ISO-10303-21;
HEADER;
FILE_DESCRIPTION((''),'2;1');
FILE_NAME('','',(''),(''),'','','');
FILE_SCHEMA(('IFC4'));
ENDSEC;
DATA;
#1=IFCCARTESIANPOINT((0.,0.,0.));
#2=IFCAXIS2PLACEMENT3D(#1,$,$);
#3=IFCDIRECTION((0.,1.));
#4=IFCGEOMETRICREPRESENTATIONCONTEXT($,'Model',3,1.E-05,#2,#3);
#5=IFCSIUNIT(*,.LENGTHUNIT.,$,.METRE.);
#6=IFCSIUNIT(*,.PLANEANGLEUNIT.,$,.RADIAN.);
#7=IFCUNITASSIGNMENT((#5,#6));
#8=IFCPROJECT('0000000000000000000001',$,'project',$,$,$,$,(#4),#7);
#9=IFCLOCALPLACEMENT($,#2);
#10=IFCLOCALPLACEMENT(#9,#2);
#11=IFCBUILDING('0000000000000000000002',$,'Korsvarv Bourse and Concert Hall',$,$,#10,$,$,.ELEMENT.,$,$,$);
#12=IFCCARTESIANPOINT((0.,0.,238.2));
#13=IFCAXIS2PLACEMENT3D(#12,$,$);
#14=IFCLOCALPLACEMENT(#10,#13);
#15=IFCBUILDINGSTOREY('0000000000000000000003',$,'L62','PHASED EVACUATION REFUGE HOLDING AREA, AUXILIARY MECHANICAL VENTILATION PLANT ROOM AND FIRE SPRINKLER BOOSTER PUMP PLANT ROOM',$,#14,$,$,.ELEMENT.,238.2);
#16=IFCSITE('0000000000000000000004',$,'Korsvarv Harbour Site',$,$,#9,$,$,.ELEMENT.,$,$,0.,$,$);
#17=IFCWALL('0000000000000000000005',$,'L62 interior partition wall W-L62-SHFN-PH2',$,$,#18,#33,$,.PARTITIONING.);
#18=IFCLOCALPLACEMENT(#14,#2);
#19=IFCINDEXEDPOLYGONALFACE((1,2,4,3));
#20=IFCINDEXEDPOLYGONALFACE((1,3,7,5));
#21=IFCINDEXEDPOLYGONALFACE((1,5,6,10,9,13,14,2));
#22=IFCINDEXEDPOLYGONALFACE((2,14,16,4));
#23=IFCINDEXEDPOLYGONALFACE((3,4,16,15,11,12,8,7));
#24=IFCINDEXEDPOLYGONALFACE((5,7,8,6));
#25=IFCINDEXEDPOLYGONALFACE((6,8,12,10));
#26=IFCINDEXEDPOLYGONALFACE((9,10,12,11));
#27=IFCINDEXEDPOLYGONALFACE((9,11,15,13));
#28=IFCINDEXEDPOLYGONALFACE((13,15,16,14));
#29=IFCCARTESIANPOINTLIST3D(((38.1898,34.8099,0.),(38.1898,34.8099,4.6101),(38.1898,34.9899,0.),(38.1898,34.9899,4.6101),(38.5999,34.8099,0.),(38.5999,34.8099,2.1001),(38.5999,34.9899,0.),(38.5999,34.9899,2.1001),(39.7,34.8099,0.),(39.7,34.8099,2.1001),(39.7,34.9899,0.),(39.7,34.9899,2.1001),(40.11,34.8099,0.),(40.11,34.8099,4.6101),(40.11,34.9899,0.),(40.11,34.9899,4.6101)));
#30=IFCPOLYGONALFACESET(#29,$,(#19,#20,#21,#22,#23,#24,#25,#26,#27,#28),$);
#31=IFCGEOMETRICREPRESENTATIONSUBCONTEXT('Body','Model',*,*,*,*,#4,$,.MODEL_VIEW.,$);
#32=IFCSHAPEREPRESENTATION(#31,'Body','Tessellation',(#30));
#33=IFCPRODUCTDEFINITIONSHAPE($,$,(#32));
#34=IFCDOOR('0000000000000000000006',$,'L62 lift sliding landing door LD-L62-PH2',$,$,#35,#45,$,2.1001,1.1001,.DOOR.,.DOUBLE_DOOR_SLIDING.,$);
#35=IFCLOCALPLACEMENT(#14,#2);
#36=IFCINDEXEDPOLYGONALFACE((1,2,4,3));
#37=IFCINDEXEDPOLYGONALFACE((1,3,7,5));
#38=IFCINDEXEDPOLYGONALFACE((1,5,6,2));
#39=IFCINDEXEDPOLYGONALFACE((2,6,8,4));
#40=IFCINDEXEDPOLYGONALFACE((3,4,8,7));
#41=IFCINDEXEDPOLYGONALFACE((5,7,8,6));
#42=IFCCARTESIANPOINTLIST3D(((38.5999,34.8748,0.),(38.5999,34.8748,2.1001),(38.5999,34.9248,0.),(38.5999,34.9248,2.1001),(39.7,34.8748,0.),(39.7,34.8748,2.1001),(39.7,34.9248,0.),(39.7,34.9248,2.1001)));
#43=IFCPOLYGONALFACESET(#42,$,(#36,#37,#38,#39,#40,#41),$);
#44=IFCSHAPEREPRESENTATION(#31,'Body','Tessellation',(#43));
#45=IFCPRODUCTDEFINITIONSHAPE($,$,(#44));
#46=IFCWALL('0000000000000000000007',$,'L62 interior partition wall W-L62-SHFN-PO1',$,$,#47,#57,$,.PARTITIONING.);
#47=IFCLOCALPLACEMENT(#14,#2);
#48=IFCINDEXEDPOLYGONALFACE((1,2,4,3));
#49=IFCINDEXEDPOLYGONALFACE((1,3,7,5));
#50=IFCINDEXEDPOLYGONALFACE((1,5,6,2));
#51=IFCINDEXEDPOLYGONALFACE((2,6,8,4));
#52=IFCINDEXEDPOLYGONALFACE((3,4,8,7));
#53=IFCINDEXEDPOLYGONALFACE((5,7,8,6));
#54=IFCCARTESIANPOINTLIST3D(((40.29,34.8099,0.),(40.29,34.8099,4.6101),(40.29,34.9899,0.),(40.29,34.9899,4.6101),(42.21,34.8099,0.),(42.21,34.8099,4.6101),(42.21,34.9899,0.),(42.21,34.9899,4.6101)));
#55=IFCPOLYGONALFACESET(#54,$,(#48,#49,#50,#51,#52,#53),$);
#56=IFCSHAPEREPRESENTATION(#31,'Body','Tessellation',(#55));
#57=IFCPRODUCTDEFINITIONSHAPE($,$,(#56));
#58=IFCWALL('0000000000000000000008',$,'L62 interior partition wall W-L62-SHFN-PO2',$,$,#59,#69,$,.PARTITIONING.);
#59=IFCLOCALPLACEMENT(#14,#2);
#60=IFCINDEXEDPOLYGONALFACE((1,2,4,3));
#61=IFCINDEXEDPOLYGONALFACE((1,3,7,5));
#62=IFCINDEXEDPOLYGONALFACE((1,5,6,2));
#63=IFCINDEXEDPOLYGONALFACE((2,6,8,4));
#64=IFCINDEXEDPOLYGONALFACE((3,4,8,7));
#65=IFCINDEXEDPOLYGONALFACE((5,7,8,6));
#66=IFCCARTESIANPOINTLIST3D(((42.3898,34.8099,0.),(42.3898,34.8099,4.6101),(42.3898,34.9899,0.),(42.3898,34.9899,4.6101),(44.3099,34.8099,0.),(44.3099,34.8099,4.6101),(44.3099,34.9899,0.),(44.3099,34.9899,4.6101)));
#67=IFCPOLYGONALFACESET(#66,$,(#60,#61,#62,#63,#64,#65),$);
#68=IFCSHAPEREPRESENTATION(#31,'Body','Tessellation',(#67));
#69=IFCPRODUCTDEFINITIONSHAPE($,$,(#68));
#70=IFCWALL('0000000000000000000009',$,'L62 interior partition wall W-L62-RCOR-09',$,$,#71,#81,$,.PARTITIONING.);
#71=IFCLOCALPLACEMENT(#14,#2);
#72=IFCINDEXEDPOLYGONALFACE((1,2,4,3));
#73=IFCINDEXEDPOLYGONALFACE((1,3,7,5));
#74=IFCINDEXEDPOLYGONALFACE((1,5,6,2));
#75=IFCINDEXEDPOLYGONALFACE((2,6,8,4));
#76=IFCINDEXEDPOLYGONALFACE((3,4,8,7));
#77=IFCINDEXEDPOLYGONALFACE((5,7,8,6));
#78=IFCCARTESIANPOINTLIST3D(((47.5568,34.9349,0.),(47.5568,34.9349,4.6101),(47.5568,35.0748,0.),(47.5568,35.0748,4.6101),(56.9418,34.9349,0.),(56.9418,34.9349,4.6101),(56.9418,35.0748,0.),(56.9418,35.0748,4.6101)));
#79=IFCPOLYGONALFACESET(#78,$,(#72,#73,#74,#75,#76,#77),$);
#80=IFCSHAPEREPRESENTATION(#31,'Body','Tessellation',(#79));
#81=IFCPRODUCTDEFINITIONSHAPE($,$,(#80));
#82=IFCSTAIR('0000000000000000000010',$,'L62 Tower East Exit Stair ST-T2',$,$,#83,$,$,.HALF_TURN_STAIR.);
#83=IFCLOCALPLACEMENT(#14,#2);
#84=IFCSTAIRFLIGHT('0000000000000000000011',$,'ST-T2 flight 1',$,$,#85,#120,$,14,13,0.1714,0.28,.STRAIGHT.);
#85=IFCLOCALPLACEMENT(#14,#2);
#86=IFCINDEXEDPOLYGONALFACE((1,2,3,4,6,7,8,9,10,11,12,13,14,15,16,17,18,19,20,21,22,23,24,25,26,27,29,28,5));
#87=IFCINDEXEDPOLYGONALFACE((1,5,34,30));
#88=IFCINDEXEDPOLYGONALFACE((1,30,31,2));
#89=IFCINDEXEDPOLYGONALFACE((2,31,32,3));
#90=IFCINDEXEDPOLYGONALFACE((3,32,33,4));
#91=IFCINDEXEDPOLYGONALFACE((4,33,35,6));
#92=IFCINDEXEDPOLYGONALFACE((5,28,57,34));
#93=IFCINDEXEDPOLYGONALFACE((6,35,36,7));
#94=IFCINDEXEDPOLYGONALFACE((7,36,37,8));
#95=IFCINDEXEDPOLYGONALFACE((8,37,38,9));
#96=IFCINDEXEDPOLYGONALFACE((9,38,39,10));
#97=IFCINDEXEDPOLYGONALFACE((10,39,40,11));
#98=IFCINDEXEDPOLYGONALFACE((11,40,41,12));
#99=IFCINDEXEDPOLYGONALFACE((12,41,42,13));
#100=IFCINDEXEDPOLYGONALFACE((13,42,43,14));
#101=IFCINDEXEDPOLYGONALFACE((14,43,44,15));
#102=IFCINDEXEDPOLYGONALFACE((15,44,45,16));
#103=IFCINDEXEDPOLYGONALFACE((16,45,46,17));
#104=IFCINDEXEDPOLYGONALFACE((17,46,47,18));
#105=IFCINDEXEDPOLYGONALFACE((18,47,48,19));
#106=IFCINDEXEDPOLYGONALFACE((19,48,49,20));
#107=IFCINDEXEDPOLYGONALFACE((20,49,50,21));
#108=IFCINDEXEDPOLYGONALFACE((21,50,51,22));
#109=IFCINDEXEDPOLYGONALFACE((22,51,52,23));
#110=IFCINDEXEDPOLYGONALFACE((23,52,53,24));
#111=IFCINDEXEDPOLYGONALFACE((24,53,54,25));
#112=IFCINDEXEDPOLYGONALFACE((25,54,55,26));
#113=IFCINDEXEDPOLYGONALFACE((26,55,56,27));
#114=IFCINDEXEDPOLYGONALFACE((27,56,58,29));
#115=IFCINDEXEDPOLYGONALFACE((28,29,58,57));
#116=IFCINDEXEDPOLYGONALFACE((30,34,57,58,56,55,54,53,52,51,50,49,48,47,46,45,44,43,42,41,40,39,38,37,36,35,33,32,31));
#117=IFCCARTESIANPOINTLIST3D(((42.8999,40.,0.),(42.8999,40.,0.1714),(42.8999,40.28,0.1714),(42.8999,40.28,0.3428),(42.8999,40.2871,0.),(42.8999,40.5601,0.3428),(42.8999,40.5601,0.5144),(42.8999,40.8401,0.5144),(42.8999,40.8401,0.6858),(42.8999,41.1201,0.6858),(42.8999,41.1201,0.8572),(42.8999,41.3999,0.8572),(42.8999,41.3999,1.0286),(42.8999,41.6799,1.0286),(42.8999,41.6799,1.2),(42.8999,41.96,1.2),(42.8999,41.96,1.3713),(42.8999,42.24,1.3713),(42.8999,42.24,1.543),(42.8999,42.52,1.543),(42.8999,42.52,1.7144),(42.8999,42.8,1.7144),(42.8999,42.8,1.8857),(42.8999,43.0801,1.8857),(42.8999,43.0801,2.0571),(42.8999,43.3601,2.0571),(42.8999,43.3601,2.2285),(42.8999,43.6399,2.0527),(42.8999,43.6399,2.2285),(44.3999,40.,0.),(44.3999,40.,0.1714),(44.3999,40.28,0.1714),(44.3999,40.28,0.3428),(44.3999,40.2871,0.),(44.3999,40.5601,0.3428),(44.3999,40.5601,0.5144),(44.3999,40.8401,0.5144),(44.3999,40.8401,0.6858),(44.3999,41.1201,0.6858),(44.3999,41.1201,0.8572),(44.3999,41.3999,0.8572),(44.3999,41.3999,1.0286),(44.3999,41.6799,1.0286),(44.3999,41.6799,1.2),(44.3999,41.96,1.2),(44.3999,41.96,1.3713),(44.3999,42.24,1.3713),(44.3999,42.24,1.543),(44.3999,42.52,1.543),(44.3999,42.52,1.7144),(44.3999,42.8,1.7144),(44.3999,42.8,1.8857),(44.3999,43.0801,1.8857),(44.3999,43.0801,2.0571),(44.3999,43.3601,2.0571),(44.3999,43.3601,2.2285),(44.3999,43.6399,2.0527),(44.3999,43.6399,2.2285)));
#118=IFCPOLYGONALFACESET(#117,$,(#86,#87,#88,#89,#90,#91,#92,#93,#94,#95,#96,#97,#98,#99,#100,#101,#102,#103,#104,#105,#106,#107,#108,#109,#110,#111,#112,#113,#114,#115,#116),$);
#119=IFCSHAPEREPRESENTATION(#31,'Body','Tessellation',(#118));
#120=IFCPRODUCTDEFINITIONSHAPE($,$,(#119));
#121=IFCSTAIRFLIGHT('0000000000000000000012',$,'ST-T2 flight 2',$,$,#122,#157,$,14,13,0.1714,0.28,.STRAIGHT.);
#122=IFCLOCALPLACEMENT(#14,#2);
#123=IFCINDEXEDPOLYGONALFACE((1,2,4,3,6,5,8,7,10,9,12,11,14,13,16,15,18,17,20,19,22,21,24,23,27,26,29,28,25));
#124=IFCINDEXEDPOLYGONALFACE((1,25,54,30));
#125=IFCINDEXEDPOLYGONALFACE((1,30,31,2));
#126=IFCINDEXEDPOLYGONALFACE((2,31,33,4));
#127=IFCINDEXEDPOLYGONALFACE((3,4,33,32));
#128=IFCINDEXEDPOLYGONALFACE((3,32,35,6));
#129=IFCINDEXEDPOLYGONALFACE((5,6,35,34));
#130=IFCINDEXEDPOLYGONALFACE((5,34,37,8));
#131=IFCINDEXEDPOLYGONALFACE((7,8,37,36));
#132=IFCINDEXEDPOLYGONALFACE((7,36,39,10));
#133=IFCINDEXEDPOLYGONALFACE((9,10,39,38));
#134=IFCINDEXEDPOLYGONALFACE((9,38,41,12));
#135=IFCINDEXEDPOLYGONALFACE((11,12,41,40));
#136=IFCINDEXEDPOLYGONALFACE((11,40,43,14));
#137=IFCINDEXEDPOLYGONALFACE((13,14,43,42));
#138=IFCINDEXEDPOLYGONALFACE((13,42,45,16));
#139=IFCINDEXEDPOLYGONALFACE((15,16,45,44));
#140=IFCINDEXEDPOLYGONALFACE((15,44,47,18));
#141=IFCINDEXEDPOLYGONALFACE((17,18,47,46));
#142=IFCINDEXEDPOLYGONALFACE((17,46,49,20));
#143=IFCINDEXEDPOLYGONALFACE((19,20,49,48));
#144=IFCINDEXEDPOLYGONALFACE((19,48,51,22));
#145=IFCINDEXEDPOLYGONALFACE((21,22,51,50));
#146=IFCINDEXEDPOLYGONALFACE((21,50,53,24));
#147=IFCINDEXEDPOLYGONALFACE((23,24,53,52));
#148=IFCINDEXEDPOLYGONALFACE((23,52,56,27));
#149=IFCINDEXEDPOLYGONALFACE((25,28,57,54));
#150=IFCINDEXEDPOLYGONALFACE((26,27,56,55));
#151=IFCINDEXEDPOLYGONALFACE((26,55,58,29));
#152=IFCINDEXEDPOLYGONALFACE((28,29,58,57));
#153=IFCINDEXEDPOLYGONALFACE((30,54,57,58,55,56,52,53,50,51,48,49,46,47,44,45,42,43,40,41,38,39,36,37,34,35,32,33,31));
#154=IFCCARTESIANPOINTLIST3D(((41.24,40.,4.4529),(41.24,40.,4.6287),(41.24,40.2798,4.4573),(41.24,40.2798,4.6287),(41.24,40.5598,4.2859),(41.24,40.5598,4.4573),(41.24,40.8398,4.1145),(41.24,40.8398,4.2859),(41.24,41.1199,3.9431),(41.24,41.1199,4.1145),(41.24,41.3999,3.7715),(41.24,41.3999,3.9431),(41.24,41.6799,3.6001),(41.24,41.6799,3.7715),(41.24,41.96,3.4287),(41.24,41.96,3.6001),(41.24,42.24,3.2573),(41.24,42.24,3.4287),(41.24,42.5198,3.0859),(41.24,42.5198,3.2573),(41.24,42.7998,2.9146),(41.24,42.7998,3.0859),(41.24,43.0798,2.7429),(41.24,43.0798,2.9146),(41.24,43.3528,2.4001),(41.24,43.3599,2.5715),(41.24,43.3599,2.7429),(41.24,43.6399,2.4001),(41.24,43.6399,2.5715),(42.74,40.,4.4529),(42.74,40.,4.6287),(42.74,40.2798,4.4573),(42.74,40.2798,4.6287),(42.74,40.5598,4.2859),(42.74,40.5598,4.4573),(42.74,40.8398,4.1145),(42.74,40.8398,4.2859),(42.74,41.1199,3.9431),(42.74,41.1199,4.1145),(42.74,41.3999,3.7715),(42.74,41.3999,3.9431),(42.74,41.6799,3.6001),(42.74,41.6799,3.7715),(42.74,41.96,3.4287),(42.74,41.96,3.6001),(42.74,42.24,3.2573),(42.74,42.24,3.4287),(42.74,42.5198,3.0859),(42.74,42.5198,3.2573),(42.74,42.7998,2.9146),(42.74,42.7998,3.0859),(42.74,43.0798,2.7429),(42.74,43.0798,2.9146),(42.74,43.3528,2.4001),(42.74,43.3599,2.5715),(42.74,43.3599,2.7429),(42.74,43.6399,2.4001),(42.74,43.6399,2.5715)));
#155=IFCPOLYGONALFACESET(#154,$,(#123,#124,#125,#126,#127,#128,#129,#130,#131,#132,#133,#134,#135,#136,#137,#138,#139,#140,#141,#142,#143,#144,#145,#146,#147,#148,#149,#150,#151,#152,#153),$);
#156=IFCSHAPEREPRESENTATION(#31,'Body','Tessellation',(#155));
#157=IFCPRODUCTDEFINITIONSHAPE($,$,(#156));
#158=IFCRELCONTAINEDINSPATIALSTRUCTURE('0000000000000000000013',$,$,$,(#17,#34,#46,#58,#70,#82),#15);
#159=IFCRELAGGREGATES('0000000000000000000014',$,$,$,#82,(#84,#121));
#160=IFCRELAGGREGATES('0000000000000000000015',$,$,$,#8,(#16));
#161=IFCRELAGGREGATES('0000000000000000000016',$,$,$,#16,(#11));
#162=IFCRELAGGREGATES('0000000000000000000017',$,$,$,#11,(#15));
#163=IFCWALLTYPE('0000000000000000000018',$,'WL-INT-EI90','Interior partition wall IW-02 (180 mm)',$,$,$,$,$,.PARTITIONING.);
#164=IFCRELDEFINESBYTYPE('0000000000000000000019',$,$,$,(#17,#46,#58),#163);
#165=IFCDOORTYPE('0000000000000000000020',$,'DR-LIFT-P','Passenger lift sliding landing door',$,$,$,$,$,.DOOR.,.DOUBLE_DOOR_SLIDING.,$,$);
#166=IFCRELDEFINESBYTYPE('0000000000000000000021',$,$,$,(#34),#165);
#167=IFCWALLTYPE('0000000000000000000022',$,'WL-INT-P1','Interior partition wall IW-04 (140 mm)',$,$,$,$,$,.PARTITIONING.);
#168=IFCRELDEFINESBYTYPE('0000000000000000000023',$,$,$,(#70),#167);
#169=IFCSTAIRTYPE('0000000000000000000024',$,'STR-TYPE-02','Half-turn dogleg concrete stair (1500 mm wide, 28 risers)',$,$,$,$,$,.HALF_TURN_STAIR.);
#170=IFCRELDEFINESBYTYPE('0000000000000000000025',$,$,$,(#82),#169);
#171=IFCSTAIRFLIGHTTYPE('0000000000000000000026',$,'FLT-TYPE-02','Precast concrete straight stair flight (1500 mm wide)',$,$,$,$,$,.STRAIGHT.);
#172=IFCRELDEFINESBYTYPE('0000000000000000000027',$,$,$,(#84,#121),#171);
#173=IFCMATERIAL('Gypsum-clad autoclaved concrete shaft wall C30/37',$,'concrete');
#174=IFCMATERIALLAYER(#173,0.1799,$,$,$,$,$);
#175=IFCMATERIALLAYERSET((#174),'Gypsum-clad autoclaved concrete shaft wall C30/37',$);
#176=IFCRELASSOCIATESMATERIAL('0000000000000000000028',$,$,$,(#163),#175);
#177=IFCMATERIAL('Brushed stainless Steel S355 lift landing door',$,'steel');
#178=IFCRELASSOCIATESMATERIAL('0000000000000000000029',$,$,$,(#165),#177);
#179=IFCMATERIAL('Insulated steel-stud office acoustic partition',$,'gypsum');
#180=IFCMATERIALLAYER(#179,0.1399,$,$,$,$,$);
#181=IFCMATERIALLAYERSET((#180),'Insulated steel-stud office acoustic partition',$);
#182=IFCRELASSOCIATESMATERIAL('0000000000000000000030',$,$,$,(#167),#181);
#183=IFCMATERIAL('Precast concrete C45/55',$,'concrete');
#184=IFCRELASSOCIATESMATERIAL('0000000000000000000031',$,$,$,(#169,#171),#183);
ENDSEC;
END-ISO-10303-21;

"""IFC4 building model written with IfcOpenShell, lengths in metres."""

from ifc_helpers import new_model, si_unit, direction, frame, frame_2d, origin, place, context, subcontext, project, spatial, polyline, rectangle, outline, extrude, material, layer, layer_set, type_object, element, fill, aggregate, save


model = new_model("IFC4")

# Units and contexts
model_context = context("Model", 3, precision=1e-05, world=origin(), true_north=direction((0.0, 1.0)))
body_context = subcontext(model_context, "Body", "Model", "MODEL_VIEW")
ifc_project = project(units=[si_unit("LENGTHUNIT", "METRE"), si_unit("PLANEANGLEUNIT", "RADIAN")], contexts=[model_context])

# Site, building, storey
site_placement = place(None, origin())
site = spatial("IfcSite", under=ifc_project, at=site_placement, Name="Korsvarv Harbour Site", CompositionType="ELEMENT", RefElevation=0.0)
building_placement = place(site_placement, origin())
building = spatial("IfcBuilding", under=site, at=building_placement, Name="Korsvarv Bourse and Concert Hall", CompositionType="ELEMENT")
storey_placement = place(building_placement, frame((0.0, 0.0, 238.2)))
storey = spatial("IfcBuildingStorey", under=building, at=storey_placement, Name="L62", Description="PHASED EVACUATION REFUGE HOLDING AREA, AUXILIARY MECHANICAL VENTILATION PLANT ROOM AND FIRE SPRINKLER BOOSTER PUMP PLANT ROOM", CompositionType="ELEMENT", Elevation=238.2)

# Wall, opening, door
ifc_material_1 = material(Name="Gypsum-clad autoclaved concrete shaft wall C30/37", Category="concrete")
ifc_layer_1 = layer(ifc_material_1, 0.1799)
ifc_layer_set_1 = layer_set([ifc_layer_1], Name="Gypsum-clad autoclaved concrete shaft wall C30/37")
wall_type_1 = type_object("IfcWallType", Name="WL-INT-EI90", Description="Interior partition wall IW-02 (180 mm)", PredefinedType="PARTITIONING", material=ifc_layer_set_1)
wall_1_placement = place(storey_placement, frame((38.1899, 34.8999, 0.0), z_axis=(0.0, 0.0, 1.0), x_axis=(1.0, 0.0, 0.0)))
wall_1 = element("IfcWall", 1, at=wall_1_placement, inside=storey, type_object=wall_type_1, Name="L62 interior partition wall W-L62-SHFN-PH2", PredefinedType="PARTITIONING", context=body_context, shape_type="SweptSolid", body=[
    extrude(rectangle(XDim=1.9202, YDim=0.1799, at=frame_2d((0.96, 0.0))), origin(), (0.0, 0.0, 1.0), 4.6101),
])
opening_1_placement = place(wall_1_placement, frame((0.4099, 0.0, 0.0)))
opening_1 = element("IfcOpeningElement", 2, at=opening_1_placement, cuts=wall_1, PredefinedType="OPENING", context=body_context, shape_type="SweptSolid", body=[
    extrude(rectangle(XDim=1.1001, YDim=2.1001, at=frame_2d((0.55, 1.05))), frame((0.0, 0.1001, 0.0), z_axis=(0.0, -1.0, 0.0), x_axis=(1.0, 0.0, 0.0)), (0.0, 0.0, 1.0), 0.2),
])
ifc_material_2 = material(Name="Brushed stainless Steel S355 lift landing door", Category="steel")
door_type_1 = type_object("IfcDoorType", Name="DR-LIFT-P", Description="Passenger lift sliding landing door", OperationType="DOUBLE_DOOR_SLIDING", PredefinedType="DOOR", material=ifc_material_2)
door_1_placement = place(opening_1_placement, origin())
door_1 = element("IfcDoor", 3, at=door_1_placement, inside=storey, type_object=door_type_1, Name="L62 lift sliding landing door LD-L62-PH2", OperationType="DOUBLE_DOOR_SLIDING", OverallHeight=2.1001, OverallWidth=1.1001, PredefinedType="DOOR", context=body_context, shape_type="SweptSolid", body=[
    extrude(rectangle(XDim=1.1001, YDim=2.1001, at=frame_2d((0.55, 1.05))), frame((0.0, 0.0249, 0.0), z_axis=(0.0, -1.0, 0.0), x_axis=(1.0, 0.0, 0.0)), (0.0, 0.0, 1.0), 0.05),
])
fill(opening_1, door_1)

# Walls
wall_2_placement = place(storey_placement, frame((40.29, 34.8999, 0.0), z_axis=(0.0, 0.0, 1.0), x_axis=(1.0, 0.0, 0.0)))
element("IfcWall", 4, at=wall_2_placement, inside=storey, type_object=wall_type_1, Name="L62 interior partition wall W-L62-SHFN-PO1", PredefinedType="PARTITIONING", context=body_context, shape_type="SweptSolid", body=[
    extrude(rectangle(XDim=1.9199, YDim=0.1799, at=frame_2d((0.96, 0.0))), origin(), (0.0, 0.0, 1.0), 4.6101),
])
wall_3_placement = place(storey_placement, frame((42.3899, 34.8999, 0.0), z_axis=(0.0, 0.0, 1.0), x_axis=(1.0, 0.0, 0.0)))
element("IfcWall", 5, at=wall_3_placement, inside=storey, type_object=wall_type_1, Name="L62 interior partition wall W-L62-SHFN-PO2", PredefinedType="PARTITIONING", context=body_context, shape_type="SweptSolid", body=[
    extrude(rectangle(XDim=1.9202, YDim=0.1799, at=frame_2d((0.96, 0.0))), origin(), (0.0, 0.0, 1.0), 4.6101),
])
ifc_material_3 = material(Name="Insulated steel-stud office acoustic partition", Category="gypsum")
ifc_layer_2 = layer(ifc_material_3, 0.1399)
ifc_layer_set_2 = layer_set([ifc_layer_2], Name="Insulated steel-stud office acoustic partition")
wall_type_2 = type_object("IfcWallType", Name="WL-INT-P1", Description="Interior partition wall IW-04 (140 mm)", PredefinedType="PARTITIONING", material=ifc_layer_set_2)
wall_4_placement = place(storey_placement, frame((47.5569, 35.0049, 0.0), z_axis=(0.0, 0.0, 1.0), x_axis=(1.0, 0.0, 0.0)))
element("IfcWall", 6, at=wall_4_placement, inside=storey, type_object=wall_type_2, Name="L62 interior partition wall W-L62-RCOR-09", PredefinedType="PARTITIONING", context=body_context, shape_type="SweptSolid", body=[
    extrude(rectangle(XDim=9.385, YDim=0.1399, at=frame_2d((4.6924, 0.0))), origin(), (0.0, 0.0, 1.0), 4.6101),
])

# Stair, stair flights
ifc_material_4 = material(Name="Precast concrete C45/55", Category="concrete")
stair_type = type_object("IfcStairType", Name="STR-TYPE-02", Description="Half-turn dogleg concrete stair (1500 mm wide, 28 risers)", PredefinedType="HALF_TURN_STAIR", material=ifc_material_4)
stair_placement = place(storey_placement, origin())
stair = element("IfcStair", 7, at=stair_placement, inside=storey, type_object=stair_type, Name="L62 Tower East Exit Stair ST-T2", PredefinedType="HALF_TURN_STAIR")
stair_flight_type = type_object("IfcStairFlightType", Name="FLT-TYPE-02", Description="Precast concrete straight stair flight (1500 mm wide)", PredefinedType="STRAIGHT", material=ifc_material_4)
stair_flight_1_placement = place(storey_placement, frame((43.6499, 40.0, 0.0), z_axis=(0.0, 0.0, 1.0), x_axis=(0.0, 1.0, 0.0)))
stair_flight_1 = element("IfcStairFlight", 8, at=stair_flight_1_placement, type_object=stair_flight_type, Name="ST-T2 flight 1", NumberOfRisers=14, NumberOfTreads=13, PredefinedType="STRAIGHT", RiserHeight=0.1714, TreadLength=0.28, context=body_context, shape_type="SweptSolid", body=[
    extrude(outline(polyline([(0.0, 0.0), (0.0, 0.1714), (0.28, 0.1714), (0.28, 0.3428), (0.5601, 0.3428), (0.5601, 0.5144), (0.8401, 0.5144), (0.8401, 0.6858), (1.1201, 0.6858), (1.1201, 0.8572), (1.3999, 0.8572), (1.3999, 1.0286), (1.6799, 1.0286), (1.6799, 1.2), (1.96, 1.2), (1.96, 1.3713), (2.24, 1.3713), (2.24, 1.543), (2.52, 1.543), (2.52, 1.7144), (2.8, 1.7144), (2.8, 1.8857), (3.0801, 1.8857), (3.0801, 2.0571), (3.3601, 2.0571), (3.3601, 2.2285), (3.6399, 2.2285), (3.6399, 2.3999), (3.6399, 2.0527), (0.2871, 0.0), (0.0, 0.0)])), frame((0.0, 0.75, 0.0), z_axis=(0.0, -1.0, 0.0), x_axis=(1.0, 0.0, 0.0)), (0.0, 0.0, 1.0), 1.5),
])
stair_flight_2_placement = place(storey_placement, frame((41.99, 43.6399, 2.4001), z_axis=(0.0, 0.0, 1.0), x_axis=(0.0, -1.0, 0.0)))
stair_flight_2 = element("IfcStairFlight", 9, at=stair_flight_2_placement, type_object=stair_flight_type, Name="ST-T2 flight 2", NumberOfRisers=14, NumberOfTreads=13, PredefinedType="STRAIGHT", RiserHeight=0.1714, TreadLength=0.28, context=body_context, shape_type="SweptSolid", body=[
    extrude(outline(polyline([(0.0, 0.0), (0.0, 0.1714), (0.28, 0.1714), (0.28, 0.3428), (0.5601, 0.3428), (0.5601, 0.5144), (0.8401, 0.5144), (0.8401, 0.6858), (1.1201, 0.6858), (1.1201, 0.8572), (1.3999, 0.8572), (1.3999, 1.0286), (1.6799, 1.0286), (1.6799, 1.2), (1.96, 1.2), (1.96, 1.3713), (2.24, 1.3713), (2.24, 1.543), (2.52, 1.543), (2.52, 1.7144), (2.8, 1.7144), (2.8, 1.8857), (3.0801, 1.8857), (3.0801, 2.0571), (3.3601, 2.0571), (3.3601, 2.2285), (3.6399, 2.2285), (3.6399, 2.3999), (3.6399, 2.0527), (0.2871, 0.0), (0.0, 0.0)])), frame((0.0, 0.75, 0.0), z_axis=(0.0, -1.0, 0.0), x_axis=(1.0, 0.0, 0.0)), (0.0, 0.0, 1.0), 1.5),
])
aggregate(stair, [stair_flight_1, stair_flight_2])

save(model, "model.ifc")
